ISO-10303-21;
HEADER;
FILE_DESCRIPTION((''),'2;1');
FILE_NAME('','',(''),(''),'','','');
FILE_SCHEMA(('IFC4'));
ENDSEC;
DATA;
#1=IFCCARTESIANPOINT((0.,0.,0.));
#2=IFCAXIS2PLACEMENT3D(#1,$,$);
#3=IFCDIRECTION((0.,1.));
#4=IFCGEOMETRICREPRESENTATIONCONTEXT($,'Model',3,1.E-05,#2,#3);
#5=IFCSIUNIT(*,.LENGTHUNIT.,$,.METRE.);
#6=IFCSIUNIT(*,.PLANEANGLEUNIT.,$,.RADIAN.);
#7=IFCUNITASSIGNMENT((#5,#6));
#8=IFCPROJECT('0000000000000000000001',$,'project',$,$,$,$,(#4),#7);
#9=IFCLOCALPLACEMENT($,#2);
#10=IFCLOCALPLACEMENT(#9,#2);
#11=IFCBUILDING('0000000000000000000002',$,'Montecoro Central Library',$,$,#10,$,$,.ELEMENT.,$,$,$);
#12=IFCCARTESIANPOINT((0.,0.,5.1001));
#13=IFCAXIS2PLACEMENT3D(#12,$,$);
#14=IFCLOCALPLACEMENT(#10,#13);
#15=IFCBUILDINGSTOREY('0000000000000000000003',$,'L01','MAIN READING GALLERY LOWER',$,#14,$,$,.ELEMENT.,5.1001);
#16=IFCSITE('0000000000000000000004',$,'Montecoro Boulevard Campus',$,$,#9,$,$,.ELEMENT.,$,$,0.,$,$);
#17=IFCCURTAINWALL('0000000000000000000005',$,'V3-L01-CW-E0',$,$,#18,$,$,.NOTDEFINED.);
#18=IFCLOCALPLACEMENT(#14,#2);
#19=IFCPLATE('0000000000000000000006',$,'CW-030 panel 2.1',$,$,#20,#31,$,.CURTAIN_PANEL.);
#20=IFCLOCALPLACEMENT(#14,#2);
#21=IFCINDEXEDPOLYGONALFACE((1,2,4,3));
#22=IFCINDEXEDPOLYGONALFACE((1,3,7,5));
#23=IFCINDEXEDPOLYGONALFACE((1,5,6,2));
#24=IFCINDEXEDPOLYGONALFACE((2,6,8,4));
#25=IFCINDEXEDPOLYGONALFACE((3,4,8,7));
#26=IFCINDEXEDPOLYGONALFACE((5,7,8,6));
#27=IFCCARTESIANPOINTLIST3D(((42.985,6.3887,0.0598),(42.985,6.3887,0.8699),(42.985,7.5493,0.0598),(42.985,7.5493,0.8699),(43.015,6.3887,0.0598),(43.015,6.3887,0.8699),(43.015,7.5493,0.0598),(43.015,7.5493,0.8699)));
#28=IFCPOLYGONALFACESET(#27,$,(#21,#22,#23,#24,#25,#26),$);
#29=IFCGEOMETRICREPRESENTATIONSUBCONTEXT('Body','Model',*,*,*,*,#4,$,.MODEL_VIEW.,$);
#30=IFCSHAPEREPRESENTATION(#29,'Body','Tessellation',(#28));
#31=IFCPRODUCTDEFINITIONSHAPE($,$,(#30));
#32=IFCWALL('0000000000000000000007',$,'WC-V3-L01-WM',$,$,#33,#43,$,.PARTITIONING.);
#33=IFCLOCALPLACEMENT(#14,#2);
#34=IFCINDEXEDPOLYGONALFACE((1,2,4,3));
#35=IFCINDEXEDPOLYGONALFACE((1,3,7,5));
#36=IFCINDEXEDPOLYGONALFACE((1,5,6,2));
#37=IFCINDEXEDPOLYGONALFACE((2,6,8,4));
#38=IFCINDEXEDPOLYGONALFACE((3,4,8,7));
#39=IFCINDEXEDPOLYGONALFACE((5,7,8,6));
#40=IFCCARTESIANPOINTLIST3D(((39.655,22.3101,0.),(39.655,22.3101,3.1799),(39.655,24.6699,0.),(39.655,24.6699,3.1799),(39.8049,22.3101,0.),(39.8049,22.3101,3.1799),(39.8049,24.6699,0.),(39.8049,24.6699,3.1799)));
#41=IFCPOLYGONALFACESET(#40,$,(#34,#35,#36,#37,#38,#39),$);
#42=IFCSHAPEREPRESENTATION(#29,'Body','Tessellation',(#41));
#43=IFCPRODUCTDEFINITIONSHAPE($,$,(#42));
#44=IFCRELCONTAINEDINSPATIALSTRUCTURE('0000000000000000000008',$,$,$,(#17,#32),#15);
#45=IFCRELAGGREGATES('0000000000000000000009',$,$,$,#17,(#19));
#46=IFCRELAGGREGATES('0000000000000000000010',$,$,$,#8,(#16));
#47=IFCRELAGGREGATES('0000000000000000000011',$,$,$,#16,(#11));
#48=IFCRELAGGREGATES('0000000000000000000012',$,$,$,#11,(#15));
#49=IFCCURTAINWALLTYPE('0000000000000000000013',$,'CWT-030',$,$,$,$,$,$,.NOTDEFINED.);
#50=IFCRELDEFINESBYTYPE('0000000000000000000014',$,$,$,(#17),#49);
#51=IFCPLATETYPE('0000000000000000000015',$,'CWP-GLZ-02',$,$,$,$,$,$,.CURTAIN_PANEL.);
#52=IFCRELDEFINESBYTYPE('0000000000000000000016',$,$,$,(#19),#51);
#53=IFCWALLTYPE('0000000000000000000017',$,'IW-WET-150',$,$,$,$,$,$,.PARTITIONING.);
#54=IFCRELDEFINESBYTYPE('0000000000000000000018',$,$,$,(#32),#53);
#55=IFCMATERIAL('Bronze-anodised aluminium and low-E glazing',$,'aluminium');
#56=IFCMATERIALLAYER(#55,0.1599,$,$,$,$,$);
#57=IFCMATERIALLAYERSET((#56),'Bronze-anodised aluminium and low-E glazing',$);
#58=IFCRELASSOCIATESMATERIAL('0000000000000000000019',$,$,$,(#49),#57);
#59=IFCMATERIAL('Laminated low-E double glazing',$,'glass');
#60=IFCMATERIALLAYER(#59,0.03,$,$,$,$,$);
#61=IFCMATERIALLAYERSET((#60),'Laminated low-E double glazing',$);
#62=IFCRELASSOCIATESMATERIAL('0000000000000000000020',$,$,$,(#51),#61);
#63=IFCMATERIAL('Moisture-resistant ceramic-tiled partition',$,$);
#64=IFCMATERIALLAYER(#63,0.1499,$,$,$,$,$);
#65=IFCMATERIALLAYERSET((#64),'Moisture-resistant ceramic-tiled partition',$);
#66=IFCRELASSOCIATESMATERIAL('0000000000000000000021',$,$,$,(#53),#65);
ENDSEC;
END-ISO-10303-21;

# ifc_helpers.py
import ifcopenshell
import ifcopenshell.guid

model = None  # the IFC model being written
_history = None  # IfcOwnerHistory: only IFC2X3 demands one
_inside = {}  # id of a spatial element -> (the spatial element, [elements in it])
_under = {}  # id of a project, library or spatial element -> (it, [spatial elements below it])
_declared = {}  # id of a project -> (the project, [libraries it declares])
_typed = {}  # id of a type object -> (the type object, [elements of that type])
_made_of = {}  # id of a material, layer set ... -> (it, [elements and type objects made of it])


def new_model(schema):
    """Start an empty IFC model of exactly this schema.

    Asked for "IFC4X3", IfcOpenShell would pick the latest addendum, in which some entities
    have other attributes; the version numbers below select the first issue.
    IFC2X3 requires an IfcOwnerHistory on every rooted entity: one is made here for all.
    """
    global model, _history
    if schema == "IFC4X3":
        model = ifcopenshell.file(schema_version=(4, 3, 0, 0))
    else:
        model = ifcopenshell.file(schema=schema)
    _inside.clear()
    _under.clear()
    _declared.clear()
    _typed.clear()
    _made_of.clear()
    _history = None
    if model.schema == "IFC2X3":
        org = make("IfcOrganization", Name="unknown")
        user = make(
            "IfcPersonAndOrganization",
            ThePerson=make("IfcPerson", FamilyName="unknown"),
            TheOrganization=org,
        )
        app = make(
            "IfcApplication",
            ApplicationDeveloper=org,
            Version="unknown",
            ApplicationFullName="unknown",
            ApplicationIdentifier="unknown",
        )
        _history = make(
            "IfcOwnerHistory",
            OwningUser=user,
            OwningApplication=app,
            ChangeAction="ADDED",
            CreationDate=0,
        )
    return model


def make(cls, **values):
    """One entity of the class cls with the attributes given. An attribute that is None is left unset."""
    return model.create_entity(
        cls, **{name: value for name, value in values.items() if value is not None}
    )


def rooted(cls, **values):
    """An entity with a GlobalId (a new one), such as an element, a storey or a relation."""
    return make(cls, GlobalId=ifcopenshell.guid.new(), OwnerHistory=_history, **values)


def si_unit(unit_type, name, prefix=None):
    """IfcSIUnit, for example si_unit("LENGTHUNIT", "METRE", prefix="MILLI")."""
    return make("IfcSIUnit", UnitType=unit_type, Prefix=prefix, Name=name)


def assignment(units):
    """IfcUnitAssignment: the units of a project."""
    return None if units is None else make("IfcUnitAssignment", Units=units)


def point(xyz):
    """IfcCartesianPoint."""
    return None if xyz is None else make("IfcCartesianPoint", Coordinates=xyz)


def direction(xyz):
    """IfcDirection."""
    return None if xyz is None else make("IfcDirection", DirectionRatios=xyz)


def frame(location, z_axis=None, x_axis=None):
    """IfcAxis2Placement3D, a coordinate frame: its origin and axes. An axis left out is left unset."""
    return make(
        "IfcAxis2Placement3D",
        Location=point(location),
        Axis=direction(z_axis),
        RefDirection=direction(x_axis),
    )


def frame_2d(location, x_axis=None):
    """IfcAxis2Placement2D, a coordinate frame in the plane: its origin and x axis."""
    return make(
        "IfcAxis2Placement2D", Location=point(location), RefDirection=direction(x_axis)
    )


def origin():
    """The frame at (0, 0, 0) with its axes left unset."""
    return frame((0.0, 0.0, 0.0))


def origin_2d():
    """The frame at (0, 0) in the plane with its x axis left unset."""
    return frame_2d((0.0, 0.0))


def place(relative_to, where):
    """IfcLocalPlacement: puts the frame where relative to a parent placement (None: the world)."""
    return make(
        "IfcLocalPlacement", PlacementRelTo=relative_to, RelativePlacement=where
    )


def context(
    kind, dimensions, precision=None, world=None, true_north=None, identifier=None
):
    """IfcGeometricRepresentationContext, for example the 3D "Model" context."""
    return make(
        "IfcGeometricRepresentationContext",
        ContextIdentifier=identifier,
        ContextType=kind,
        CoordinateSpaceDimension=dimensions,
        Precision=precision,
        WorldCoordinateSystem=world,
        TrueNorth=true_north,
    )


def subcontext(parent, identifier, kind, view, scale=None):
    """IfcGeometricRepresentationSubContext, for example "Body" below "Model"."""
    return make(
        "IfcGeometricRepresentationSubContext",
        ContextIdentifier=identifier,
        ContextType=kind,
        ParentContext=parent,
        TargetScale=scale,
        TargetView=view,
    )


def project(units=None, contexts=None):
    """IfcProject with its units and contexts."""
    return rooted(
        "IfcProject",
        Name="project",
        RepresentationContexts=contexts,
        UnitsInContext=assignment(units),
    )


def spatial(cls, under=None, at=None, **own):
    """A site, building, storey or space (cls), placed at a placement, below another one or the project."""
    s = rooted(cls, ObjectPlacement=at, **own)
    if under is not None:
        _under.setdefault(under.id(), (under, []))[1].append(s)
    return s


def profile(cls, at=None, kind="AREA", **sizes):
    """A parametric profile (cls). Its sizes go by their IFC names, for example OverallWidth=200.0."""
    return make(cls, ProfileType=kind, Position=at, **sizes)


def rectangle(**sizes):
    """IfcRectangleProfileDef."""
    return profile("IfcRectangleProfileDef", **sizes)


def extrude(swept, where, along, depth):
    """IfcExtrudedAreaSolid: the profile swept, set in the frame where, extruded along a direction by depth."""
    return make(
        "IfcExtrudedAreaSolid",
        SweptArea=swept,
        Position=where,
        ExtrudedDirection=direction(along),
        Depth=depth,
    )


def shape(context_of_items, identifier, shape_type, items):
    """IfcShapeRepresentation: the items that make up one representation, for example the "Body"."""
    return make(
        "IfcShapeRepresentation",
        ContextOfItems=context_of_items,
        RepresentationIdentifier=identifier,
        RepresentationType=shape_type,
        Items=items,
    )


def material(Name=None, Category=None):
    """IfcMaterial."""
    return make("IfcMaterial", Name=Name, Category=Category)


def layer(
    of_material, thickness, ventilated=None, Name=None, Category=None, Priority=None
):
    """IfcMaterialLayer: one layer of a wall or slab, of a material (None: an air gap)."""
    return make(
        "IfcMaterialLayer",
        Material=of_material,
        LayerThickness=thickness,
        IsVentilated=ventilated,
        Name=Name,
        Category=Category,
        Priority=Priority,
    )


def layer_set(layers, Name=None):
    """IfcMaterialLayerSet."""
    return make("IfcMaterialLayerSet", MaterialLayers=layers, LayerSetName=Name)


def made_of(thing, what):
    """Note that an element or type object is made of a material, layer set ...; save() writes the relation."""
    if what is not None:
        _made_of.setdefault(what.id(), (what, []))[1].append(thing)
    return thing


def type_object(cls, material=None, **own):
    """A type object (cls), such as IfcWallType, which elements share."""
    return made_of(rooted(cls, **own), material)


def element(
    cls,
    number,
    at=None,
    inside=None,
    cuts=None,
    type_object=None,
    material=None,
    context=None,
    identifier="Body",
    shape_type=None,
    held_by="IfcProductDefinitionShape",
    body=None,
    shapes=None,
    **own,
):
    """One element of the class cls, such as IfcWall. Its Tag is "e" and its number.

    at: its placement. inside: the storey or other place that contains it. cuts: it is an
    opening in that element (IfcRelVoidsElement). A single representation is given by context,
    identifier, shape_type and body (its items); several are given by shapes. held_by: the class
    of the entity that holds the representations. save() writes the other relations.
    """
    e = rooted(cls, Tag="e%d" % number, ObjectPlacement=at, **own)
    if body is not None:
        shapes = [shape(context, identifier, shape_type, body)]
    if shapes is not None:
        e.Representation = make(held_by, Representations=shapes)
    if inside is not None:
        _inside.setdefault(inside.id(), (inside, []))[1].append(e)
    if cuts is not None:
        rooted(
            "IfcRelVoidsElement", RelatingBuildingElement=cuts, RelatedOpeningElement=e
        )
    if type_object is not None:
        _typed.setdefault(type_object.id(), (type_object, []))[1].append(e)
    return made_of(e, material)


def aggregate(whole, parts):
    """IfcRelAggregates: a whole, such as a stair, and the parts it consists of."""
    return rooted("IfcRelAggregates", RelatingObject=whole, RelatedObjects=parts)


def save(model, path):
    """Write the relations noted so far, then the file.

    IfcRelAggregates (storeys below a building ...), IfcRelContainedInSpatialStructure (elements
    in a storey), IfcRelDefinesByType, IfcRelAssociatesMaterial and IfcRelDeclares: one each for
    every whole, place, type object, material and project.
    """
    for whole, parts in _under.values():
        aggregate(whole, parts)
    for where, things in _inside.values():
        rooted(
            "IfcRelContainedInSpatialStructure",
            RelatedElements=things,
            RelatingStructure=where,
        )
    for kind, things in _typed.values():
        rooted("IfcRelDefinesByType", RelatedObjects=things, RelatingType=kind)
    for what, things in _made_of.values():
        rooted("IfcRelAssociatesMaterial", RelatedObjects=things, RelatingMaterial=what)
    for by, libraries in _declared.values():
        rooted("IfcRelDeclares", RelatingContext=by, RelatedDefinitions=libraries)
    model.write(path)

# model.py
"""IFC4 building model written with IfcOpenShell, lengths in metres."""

from ifc_helpers import new_model, si_unit, direction, frame, frame_2d, origin, origin_2d, place, context, subcontext, project, spatial, rectangle, extrude, material, layer, layer_set, type_object, element, aggregate, save


model = new_model("IFC4")

# Units and contexts
model_context = context("Model", 3, precision=1e-05, world=origin(), true_north=direction((0.0, 1.0)))
body_context = subcontext(model_context, "Body", "Model", "MODEL_VIEW")
ifc_project = project(units=[si_unit("LENGTHUNIT", "METRE"), si_unit("PLANEANGLEUNIT", "RADIAN")], contexts=[model_context])

# Site, building, storey
site_placement = place(None, origin())
site = spatial("IfcSite", under=ifc_project, at=site_placement, Name="Montecoro Boulevard Campus", CompositionType="ELEMENT", RefElevation=0.0)
building_placement = place(site_placement, origin())
building = spatial("IfcBuilding", under=site, at=building_placement, Name="Montecoro Central Library", CompositionType="ELEMENT")
storey_placement = place(building_placement, frame((0.0, 0.0, 5.1001)))
storey = spatial("IfcBuildingStorey", under=building, at=storey_placement, Name="L01", Description="MAIN READING GALLERY LOWER", CompositionType="ELEMENT", Elevation=5.1001)

# Shared definitions
ifc_material_1 = material(Name="Bronze-anodised aluminium and low-E glazing", Category="aluminium")

# Curtain wall
ifc_layer_1 = layer(ifc_material_1, 0.1599)
ifc_layer_set_1 = layer_set([ifc_layer_1], Name="Bronze-anodised aluminium and low-E glazing")
curtain_wall_type_1 = type_object("IfcCurtainWallType", Name="CWT-030", PredefinedType="NOTDEFINED", material=ifc_layer_set_1)
curtain_wall_1_placement = place(storey_placement, origin())
curtain_wall_1 = element("IfcCurtainWall", 1, at=curtain_wall_1_placement, inside=storey, type_object=curtain_wall_type_1, Name="V3-L01-CW-E0", PredefinedType="NOTDEFINED")

# Plate
ifc_material_2 = material(Name="Laminated low-E double glazing", Category="glass")
ifc_layer_2 = layer(ifc_material_2, 0.03)
ifc_layer_set_2 = layer_set([ifc_layer_2], Name="Laminated low-E double glazing")
plate_type_1 = type_object("IfcPlateType", Name="CWP-GLZ-02", PredefinedType="CURTAIN_PANEL", material=ifc_layer_set_2)
plate_1_placement = place(storey_placement, frame((43.0, 6.969, 0.0598), z_axis=(0.0, 0.0, 1.0), x_axis=(0.0, 1.0, 0.0)))
plate_1 = element("IfcPlate", 2, at=plate_1_placement, type_object=plate_type_1, Name="CW-030 panel 2.1", PredefinedType="CURTAIN_PANEL", context=body_context, shape_type="SweptSolid", body=[
    extrude(rectangle(XDim=1.1606, YDim=0.03, at=origin_2d()), origin(), (0.0, 0.0, 1.0), 0.8101),
])
aggregate(curtain_wall_1, [plate_1])

# Wall
ifc_material_3 = material(Name="Moisture-resistant ceramic-tiled partition")
ifc_layer_3 = layer(ifc_material_3, 0.1499)
ifc_layer_set_3 = layer_set([ifc_layer_3], Name="Moisture-resistant ceramic-tiled partition")
wall_type = type_object("IfcWallType", Name="IW-WET-150", PredefinedType="PARTITIONING", material=ifc_layer_set_3)
wall_1_placement = place(storey_placement, frame((39.73, 22.3101, 0.0), z_axis=(0.0, 0.0, 1.0), x_axis=(0.0, 1.0, 0.0)))
element("IfcWall", 3, at=wall_1_placement, inside=storey, type_object=wall_type, Name="WC-V3-L01-WM", PredefinedType="PARTITIONING", context=body_context, shape_type="SweptSolid", body=[
    extrude(rectangle(XDim=2.3599, YDim=0.1499, at=frame_2d((1.1799, 0.0))), origin(), (0.0, 0.0, 1.0), 3.1799),
])

save(model, "model.ifc")
